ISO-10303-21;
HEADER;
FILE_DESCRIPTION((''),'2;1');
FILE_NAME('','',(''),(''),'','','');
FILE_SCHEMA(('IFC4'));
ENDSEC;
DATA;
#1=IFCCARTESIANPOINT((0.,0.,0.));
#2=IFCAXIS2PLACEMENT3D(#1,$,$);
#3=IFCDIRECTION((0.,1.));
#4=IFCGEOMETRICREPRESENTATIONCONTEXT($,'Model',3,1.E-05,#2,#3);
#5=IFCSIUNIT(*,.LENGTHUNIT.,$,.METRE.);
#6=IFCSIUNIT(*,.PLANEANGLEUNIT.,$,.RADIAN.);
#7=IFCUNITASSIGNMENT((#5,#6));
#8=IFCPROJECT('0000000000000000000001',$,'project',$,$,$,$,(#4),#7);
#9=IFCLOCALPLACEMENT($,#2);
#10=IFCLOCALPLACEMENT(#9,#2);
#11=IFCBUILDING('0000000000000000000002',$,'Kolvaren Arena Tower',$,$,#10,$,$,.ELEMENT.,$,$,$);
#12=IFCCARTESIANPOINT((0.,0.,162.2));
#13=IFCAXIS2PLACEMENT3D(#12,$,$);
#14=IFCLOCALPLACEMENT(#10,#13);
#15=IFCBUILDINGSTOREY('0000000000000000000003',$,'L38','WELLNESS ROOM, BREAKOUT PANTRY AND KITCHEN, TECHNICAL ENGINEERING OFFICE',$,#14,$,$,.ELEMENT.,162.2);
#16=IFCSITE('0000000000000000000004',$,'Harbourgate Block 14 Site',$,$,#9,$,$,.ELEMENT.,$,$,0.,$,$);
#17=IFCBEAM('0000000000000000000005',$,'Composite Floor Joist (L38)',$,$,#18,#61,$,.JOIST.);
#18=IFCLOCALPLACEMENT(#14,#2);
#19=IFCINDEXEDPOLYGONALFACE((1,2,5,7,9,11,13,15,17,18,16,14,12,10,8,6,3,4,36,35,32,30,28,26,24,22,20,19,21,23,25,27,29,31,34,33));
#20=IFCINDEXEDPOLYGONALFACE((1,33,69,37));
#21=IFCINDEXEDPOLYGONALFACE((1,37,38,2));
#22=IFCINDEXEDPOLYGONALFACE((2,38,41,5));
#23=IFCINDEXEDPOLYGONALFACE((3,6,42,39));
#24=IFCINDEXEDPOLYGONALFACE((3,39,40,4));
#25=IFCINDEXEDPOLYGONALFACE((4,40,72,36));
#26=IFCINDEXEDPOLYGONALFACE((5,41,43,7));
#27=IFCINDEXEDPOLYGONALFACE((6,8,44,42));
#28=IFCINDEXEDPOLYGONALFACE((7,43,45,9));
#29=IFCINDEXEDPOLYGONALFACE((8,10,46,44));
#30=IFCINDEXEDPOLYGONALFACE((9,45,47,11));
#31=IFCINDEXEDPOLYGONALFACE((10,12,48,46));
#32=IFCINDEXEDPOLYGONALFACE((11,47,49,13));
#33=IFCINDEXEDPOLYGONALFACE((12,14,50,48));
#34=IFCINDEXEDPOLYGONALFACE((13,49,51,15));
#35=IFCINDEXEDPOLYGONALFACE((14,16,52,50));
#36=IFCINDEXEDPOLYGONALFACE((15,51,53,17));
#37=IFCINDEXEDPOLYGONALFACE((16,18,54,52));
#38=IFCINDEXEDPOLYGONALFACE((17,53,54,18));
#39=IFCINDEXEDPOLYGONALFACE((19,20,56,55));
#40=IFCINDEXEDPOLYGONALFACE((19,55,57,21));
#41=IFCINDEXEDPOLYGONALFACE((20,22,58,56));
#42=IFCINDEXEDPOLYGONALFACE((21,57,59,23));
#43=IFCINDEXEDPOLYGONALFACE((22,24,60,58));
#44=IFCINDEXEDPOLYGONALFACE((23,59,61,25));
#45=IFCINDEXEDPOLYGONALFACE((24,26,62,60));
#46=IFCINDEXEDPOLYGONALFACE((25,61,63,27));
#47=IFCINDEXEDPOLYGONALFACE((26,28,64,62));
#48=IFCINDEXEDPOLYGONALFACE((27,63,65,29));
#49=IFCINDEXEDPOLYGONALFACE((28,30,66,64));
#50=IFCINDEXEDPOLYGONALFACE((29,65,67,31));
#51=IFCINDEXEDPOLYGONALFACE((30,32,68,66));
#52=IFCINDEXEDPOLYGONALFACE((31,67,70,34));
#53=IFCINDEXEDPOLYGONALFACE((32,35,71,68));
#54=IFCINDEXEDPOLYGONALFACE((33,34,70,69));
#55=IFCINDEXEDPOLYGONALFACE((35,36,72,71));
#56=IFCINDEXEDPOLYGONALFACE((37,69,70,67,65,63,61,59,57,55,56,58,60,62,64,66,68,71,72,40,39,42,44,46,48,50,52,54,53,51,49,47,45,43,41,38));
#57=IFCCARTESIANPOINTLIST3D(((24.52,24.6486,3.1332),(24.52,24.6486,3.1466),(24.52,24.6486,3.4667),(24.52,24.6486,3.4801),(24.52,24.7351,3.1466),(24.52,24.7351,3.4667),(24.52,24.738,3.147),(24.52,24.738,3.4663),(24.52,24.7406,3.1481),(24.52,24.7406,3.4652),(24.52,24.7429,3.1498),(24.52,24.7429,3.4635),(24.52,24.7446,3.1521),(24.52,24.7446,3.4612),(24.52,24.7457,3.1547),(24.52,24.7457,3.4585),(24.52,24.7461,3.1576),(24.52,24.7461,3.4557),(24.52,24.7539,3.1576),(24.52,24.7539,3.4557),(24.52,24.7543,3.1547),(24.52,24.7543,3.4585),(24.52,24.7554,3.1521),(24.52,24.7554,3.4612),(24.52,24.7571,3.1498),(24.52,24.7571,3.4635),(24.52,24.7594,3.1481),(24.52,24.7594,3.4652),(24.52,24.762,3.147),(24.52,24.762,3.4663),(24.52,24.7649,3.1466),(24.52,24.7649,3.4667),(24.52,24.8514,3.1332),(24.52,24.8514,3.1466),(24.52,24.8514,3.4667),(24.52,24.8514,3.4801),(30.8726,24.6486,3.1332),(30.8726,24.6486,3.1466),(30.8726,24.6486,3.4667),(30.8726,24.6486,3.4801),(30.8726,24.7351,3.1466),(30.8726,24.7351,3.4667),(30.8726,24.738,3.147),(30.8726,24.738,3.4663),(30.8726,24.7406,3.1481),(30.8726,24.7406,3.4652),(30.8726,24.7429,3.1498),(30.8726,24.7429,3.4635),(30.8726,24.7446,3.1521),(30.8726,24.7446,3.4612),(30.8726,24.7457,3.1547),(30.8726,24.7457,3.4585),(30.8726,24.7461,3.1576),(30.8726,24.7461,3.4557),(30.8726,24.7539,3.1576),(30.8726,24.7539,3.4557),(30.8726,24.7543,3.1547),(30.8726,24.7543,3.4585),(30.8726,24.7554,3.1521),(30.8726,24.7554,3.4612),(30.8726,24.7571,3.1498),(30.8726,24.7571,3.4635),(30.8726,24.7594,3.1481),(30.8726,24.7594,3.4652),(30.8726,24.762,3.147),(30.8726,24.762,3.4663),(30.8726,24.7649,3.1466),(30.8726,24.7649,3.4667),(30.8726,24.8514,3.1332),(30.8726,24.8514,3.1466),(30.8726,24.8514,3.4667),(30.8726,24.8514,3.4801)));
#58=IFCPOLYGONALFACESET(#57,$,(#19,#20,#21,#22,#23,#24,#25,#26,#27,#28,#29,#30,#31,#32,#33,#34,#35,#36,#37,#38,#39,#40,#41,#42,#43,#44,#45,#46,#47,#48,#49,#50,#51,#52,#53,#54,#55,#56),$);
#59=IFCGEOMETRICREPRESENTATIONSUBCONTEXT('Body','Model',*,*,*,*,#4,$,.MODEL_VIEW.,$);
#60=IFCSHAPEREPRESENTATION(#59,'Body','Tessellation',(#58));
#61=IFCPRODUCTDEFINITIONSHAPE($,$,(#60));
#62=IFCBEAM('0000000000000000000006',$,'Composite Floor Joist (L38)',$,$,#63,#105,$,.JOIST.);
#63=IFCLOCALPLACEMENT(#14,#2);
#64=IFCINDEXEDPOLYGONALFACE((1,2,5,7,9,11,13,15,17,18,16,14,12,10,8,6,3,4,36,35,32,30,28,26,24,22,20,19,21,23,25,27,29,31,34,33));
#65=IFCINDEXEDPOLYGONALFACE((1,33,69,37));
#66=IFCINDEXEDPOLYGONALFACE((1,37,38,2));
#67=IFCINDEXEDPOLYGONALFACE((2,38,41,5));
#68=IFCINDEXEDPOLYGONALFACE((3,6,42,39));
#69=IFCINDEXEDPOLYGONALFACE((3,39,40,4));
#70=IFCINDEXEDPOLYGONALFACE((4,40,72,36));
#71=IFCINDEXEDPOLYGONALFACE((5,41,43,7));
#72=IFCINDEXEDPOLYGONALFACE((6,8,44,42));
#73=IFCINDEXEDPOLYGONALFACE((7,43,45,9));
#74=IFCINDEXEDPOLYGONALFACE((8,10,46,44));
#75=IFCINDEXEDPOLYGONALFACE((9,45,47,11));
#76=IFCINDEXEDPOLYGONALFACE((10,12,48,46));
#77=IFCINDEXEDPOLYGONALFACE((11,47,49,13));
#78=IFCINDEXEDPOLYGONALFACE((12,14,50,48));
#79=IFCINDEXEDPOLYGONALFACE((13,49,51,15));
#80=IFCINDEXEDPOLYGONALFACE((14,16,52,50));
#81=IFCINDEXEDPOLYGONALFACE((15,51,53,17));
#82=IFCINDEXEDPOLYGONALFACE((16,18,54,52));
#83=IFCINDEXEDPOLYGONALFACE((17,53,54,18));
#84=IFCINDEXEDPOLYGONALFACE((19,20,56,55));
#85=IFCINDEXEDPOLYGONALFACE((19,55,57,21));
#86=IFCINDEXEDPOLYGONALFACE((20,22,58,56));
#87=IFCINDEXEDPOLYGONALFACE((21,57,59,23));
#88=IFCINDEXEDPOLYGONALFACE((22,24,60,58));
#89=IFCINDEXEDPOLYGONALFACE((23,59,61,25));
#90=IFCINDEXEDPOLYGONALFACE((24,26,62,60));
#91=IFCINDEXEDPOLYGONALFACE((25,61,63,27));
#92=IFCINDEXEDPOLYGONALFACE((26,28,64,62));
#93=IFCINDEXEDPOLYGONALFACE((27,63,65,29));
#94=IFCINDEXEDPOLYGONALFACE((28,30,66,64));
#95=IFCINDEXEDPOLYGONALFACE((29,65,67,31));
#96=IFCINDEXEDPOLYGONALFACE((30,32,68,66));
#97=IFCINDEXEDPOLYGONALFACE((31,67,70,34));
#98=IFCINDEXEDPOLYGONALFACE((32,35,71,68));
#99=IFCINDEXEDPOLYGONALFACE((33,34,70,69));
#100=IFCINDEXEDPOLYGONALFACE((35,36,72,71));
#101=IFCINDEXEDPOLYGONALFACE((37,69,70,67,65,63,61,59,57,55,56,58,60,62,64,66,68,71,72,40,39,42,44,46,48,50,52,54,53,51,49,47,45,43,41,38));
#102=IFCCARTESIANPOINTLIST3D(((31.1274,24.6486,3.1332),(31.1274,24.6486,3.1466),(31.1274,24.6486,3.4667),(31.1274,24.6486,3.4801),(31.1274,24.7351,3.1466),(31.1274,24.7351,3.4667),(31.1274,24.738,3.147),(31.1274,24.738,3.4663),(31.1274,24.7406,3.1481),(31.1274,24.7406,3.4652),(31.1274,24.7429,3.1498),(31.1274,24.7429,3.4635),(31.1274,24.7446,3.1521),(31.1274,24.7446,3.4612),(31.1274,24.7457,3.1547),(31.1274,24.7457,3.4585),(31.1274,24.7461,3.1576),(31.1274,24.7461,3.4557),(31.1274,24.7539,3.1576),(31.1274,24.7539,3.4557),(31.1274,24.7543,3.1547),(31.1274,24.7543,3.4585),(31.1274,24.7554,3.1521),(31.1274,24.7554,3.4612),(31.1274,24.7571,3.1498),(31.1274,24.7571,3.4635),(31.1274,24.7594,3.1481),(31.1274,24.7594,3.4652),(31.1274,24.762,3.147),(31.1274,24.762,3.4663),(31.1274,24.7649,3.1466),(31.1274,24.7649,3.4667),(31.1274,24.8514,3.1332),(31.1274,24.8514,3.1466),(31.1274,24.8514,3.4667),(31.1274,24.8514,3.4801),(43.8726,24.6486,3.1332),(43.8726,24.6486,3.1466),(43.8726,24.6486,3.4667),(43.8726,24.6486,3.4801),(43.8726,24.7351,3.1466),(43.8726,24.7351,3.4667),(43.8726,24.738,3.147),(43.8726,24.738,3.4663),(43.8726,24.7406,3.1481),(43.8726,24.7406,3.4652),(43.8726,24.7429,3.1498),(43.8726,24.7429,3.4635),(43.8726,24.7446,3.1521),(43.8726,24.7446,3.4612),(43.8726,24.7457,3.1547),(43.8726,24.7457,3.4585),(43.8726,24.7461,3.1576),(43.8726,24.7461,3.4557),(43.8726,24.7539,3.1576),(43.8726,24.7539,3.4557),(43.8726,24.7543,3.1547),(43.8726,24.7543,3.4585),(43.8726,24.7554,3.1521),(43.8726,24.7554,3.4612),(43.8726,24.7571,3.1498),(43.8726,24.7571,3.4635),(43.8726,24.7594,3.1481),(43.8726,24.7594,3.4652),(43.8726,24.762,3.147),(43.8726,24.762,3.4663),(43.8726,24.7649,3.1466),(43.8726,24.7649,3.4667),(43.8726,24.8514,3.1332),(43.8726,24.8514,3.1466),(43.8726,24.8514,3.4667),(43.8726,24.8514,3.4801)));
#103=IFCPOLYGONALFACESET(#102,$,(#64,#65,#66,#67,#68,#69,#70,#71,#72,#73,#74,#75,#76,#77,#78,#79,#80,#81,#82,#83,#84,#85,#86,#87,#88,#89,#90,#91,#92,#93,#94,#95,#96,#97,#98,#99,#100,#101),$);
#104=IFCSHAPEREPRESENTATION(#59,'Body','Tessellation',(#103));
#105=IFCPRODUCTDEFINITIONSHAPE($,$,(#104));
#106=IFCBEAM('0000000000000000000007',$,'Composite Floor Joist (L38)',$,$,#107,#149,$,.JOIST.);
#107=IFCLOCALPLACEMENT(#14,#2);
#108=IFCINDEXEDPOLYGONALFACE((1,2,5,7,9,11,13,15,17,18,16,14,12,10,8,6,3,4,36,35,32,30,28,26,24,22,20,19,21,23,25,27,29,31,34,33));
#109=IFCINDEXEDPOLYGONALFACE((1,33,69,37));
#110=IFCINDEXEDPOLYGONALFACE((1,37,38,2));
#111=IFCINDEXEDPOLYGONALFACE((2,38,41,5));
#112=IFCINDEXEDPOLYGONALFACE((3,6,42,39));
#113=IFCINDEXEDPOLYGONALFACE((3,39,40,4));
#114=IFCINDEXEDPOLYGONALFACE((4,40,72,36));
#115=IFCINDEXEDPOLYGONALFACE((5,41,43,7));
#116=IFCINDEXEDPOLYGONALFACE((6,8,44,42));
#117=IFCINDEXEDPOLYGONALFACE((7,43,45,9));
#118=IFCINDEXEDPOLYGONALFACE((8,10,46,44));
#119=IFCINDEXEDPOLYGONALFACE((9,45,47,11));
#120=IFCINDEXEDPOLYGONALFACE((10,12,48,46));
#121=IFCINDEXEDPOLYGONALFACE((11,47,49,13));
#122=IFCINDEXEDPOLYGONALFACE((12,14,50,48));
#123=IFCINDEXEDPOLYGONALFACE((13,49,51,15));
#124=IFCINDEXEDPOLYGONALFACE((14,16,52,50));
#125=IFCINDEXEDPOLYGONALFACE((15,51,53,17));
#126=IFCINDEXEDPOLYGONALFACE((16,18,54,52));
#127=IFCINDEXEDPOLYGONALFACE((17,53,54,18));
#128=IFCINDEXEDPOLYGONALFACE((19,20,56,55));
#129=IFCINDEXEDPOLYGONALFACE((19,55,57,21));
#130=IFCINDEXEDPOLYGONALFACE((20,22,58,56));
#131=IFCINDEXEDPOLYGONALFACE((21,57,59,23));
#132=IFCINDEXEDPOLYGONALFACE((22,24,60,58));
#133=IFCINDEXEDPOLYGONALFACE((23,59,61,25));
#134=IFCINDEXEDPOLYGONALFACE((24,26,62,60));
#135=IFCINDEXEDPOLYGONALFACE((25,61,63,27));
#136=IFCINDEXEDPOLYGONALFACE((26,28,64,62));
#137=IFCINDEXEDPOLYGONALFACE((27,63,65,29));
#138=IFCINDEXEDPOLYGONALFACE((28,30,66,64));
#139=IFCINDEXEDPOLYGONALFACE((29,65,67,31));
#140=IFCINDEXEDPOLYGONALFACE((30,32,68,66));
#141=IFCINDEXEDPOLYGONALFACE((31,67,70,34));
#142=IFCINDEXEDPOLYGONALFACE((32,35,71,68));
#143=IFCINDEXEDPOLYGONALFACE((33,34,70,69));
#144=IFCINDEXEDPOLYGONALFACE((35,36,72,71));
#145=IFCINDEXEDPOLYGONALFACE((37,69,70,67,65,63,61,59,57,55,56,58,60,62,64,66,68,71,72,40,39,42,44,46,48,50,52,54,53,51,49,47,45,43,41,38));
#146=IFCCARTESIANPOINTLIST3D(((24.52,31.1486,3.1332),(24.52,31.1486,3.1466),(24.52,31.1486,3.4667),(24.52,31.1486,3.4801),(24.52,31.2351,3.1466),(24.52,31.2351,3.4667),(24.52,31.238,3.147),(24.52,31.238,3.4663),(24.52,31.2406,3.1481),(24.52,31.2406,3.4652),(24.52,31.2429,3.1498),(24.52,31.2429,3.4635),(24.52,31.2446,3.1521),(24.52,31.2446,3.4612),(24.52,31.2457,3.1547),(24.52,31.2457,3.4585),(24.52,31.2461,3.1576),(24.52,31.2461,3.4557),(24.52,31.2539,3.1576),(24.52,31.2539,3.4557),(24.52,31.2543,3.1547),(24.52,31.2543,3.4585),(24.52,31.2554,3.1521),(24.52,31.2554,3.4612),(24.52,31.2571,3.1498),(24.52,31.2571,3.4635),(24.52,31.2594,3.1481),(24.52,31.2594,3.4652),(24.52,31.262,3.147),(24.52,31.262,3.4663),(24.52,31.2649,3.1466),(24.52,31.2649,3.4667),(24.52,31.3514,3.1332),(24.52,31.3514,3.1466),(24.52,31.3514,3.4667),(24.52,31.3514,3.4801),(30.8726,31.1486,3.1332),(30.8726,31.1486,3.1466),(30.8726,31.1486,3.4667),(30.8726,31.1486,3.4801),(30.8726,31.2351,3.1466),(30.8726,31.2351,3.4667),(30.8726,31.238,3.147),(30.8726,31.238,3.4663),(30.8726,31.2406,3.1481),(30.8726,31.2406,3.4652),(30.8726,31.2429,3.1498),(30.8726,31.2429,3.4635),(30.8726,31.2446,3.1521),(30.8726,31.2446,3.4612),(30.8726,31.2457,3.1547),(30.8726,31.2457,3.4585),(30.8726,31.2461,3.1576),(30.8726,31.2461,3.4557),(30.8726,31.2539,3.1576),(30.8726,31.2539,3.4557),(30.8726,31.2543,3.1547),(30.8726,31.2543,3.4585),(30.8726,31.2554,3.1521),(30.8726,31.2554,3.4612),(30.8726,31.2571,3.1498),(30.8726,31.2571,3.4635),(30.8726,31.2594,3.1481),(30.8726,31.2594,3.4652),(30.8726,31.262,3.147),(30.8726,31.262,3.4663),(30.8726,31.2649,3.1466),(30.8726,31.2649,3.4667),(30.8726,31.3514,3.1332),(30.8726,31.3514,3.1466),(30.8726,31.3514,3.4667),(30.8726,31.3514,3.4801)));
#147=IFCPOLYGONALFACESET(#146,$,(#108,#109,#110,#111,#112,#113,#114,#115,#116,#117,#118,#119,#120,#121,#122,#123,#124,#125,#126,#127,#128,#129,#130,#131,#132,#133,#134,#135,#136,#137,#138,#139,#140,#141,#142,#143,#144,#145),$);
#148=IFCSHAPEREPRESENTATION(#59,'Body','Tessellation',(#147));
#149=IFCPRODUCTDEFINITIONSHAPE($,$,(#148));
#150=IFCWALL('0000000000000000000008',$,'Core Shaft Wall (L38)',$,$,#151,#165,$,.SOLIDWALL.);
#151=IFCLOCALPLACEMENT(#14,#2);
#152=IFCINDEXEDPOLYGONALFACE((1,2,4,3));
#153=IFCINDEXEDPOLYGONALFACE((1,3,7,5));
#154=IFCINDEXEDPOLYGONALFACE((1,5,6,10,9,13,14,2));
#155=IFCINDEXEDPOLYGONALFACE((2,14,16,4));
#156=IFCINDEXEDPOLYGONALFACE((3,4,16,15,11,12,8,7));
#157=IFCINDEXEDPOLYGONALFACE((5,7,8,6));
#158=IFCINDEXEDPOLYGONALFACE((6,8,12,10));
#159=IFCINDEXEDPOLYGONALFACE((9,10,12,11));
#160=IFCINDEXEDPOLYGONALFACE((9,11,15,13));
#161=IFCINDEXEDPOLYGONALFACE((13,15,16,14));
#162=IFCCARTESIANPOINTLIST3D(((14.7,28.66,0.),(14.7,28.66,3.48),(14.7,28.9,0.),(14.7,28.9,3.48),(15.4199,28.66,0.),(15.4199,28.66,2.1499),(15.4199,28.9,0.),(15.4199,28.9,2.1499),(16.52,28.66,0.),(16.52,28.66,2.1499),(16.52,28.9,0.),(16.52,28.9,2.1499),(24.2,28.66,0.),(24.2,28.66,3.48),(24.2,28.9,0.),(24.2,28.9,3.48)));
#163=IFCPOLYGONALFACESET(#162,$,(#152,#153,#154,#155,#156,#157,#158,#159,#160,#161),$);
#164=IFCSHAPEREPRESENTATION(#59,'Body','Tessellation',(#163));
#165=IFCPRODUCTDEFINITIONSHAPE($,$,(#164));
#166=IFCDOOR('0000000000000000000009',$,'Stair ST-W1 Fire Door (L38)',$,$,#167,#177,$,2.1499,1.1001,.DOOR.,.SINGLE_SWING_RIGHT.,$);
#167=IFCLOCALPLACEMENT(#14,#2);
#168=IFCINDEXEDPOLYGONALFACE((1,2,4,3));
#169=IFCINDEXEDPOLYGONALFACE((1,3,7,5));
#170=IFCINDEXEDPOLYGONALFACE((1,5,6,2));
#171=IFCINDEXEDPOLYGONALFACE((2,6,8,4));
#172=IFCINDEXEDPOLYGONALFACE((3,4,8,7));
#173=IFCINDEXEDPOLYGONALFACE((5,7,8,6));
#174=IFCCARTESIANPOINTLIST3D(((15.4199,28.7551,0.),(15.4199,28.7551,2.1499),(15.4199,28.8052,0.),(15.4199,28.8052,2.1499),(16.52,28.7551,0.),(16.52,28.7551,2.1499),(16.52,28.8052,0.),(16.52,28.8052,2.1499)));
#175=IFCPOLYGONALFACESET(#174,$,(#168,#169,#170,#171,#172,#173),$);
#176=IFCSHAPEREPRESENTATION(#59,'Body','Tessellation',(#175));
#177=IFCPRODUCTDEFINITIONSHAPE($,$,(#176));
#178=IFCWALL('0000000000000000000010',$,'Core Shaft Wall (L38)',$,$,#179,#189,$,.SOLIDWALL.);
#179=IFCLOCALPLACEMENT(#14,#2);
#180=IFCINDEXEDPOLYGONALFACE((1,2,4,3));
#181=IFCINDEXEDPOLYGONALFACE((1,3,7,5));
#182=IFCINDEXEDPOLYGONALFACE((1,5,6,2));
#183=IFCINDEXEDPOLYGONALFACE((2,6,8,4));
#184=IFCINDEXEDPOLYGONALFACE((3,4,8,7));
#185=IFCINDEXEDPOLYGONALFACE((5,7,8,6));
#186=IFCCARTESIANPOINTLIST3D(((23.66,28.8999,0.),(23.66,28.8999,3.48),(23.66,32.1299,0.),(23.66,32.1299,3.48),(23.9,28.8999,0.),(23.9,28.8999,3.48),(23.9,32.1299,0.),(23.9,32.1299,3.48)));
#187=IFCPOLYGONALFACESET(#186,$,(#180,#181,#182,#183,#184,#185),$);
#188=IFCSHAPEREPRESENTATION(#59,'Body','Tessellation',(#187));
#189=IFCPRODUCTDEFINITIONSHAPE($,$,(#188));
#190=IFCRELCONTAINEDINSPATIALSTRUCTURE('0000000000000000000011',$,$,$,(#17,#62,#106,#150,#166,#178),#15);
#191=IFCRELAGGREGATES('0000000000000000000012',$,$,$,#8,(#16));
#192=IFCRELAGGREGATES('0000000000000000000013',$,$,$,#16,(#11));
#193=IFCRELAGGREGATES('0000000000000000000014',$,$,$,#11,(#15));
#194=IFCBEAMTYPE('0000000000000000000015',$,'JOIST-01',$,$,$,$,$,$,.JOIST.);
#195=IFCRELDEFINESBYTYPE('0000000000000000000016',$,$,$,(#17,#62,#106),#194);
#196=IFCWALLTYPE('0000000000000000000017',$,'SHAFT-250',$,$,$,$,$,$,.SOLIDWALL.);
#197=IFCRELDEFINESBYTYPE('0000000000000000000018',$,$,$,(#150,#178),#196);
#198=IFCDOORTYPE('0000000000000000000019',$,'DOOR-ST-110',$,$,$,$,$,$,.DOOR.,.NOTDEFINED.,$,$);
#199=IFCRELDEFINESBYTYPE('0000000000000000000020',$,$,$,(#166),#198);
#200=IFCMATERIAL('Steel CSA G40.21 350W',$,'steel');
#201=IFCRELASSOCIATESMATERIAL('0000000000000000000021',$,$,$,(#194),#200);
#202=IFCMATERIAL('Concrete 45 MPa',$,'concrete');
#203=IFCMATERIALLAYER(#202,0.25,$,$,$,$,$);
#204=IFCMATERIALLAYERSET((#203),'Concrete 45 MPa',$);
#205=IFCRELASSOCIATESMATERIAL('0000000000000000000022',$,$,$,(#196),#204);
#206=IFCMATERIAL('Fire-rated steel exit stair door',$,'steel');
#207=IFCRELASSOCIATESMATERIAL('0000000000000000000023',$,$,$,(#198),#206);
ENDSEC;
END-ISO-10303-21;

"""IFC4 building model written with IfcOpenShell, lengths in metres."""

from ifc_helpers import new_model, si_unit, direction, frame, frame_2d, origin, origin_2d, place, context, subcontext, project, spatial, rectangle, i_section, extrude, material, layer, layer_set, material_profile, profile_set, type_object, element, fill, save


model = new_model("IFC4")

# Units and contexts
model_context = context("Model", 3, precision=1e-05, world=origin(), true_north=direction((0.0, 1.0)))
body_context = subcontext(model_context, "Body", "Model", "MODEL_VIEW")
ifc_project = project(units=[si_unit("LENGTHUNIT", "METRE"), si_unit("PLANEANGLEUNIT", "RADIAN")], contexts=[model_context])

# Site, building, storey
site_placement = place(None, origin())
site = spatial("IfcSite", under=ifc_project, at=site_placement, Name="Harbourgate Block 14 Site", CompositionType="ELEMENT", RefElevation=0.0)
building_placement = place(site_placement, origin())
building = spatial("IfcBuilding", under=site, at=building_placement, Name="Kolvaren Arena Tower", CompositionType="ELEMENT")
storey_placement = place(building_placement, frame((0.0, 0.0, 162.2)))
storey = spatial("IfcBuildingStorey", under=building, at=storey_placement, Name="L38", Description="WELLNESS ROOM, BREAKOUT PANTRY AND KITCHEN, TECHNICAL ENGINEERING OFFICE", CompositionType="ELEMENT", Elevation=162.2)

# Beams
ifc_material_1 = material(Name="Steel CSA G40.21 350W", Category="steel")
ifc_material_profile_1 = material_profile(ifc_material_1, i_section(OverallWidth=0.2029, OverallDepth=0.3469, WebThickness=0.0078, FlangeThickness=0.0134, FilletRadius=0.011, at=origin_2d()), Name="W360x64")
ifc_profile_set_1 = profile_set([ifc_material_profile_1], Name="Steel CSA G40.21 350W")
beam_type_1 = type_object("IfcBeamType", Name="JOIST-01", PredefinedType="JOIST", material=ifc_profile_set_1)
beam_1_placement = place(storey_placement, frame((24.52, 24.75, 3.3066), z_axis=(1.0, 0.0, 0.0), x_axis=(0.0, 1.0, 0.0)))
element("IfcBeam", 1, at=beam_1_placement, inside=storey, type_object=beam_type_1, Name="Composite Floor Joist (L38)", PredefinedType="JOIST", context=body_context, shape_type="SweptSolid", body=[
    extrude(i_section(OverallWidth=0.2029, OverallDepth=0.3469, WebThickness=0.0078, FlangeThickness=0.0134, FilletRadius=0.011, at=origin_2d()), origin(), (0.0, 0.0, 1.0), 6.3525),
])
beam_2_placement = place(storey_placement, frame((31.1274, 24.75, 3.3066), z_axis=(1.0, 0.0, 0.0), x_axis=(0.0, 1.0, 0.0)))
element("IfcBeam", 2, at=beam_2_placement, inside=storey, type_object=beam_type_1, Name="Composite Floor Joist (L38)", PredefinedType="JOIST", context=body_context, shape_type="SweptSolid", body=[
    extrude(i_section(OverallWidth=0.2029, OverallDepth=0.3469, WebThickness=0.0078, FlangeThickness=0.0134, FilletRadius=0.011, at=origin_2d()), origin(), (0.0, 0.0, 1.0), 12.7451),
])
beam_3_placement = place(storey_placement, frame((24.52, 31.25, 3.3066), z_axis=(1.0, 0.0, 0.0), x_axis=(0.0, 1.0, 0.0)))
element("IfcBeam", 3, at=beam_3_placement, inside=storey, type_object=beam_type_1, Name="Composite Floor Joist (L38)", PredefinedType="JOIST", context=body_context, shape_type="SweptSolid", body=[
    extrude(i_section(OverallWidth=0.2029, OverallDepth=0.3469, WebThickness=0.0078, FlangeThickness=0.0134, FilletRadius=0.011, at=origin_2d()), origin(), (0.0, 0.0, 1.0), 6.3525),
])

# Wall, opening, door
ifc_material_2 = material(Name="Concrete 45 MPa", Category="concrete")
ifc_layer = layer(ifc_material_2, 0.25)
ifc_layer_set = layer_set([ifc_layer], Name="Concrete 45 MPa")
wall_type = type_object("IfcWallType", Name="SHAFT-250", PredefinedType="SOLIDWALL", material=ifc_layer_set)
wall_1_placement = place(storey_placement, frame((24.2, 28.78, 0.0), z_axis=(0.0, 0.0, 1.0), x_axis=(-1.0, 0.0, 0.0)))
wall_1 = element("IfcWall", 4, at=wall_1_placement, inside=storey, type_object=wall_type, Name="Core Shaft Wall (L38)", PredefinedType="SOLIDWALL", context=body_context, shape_type="SweptSolid", body=[
    extrude(rectangle(XDim=9.5, YDim=0.24, at=frame_2d((4.75, 0.0))), origin(), (0.0, 0.0, 1.0), 3.48),
])
opening_placement = place(wall_1_placement, frame((7.6799, 0.0, 0.0)))
opening = element("IfcOpeningElement", 5, at=opening_placement, cuts=wall_1, PredefinedType="OPENING", context=body_context, shape_type="SweptSolid", body=[
    extrude(rectangle(XDim=1.1001, YDim=2.1499, at=frame_2d((0.55, 1.075))), frame((0.0, 0.1299, 0.0), z_axis=(0.0, -1.0, 0.0), x_axis=(1.0, 0.0, 0.0)), (0.0, 0.0, 1.0), 0.26),
])
ifc_material_3 = material(Name="Fire-rated steel exit stair door", Category="steel")
door_type = type_object("IfcDoorType", Name="DOOR-ST-110", OperationType="NOTDEFINED", PredefinedType="DOOR", material=ifc_material_3)
door_placement = place(opening_placement, origin())
door = element("IfcDoor", 6, at=door_placement, inside=storey, type_object=door_type, Name="Stair ST-W1 Fire Door (L38)", OperationType="SINGLE_SWING_RIGHT", OverallHeight=2.1499, OverallWidth=1.1001, PredefinedType="DOOR", context=body_context, shape_type="SweptSolid", body=[
    extrude(rectangle(XDim=1.1001, YDim=2.1499, at=frame_2d((0.55, 1.075))), frame((0.0, 0.0249, 0.0), z_axis=(0.0, -1.0, 0.0), x_axis=(1.0, 0.0, 0.0)), (0.0, 0.0, 1.0), 0.05),
])
fill(opening, door)

# Wall
wall_2_placement = place(storey_placement, frame((23.78, 28.8999, 0.0), z_axis=(0.0, 0.0, 1.0), x_axis=(0.0, 1.0, 0.0)))
element("IfcWall", 7, at=wall_2_placement, inside=storey, type_object=wall_type, Name="Core Shaft Wall (L38)", PredefinedType="SOLIDWALL", context=body_context, shape_type="SweptSolid", body=[
    extrude(rectangle(XDim=3.23, YDim=0.24, at=frame_2d((1.615, 0.0))), origin(), (0.0, 0.0, 1.0), 3.48),
])

save(model, "model.ifc")
